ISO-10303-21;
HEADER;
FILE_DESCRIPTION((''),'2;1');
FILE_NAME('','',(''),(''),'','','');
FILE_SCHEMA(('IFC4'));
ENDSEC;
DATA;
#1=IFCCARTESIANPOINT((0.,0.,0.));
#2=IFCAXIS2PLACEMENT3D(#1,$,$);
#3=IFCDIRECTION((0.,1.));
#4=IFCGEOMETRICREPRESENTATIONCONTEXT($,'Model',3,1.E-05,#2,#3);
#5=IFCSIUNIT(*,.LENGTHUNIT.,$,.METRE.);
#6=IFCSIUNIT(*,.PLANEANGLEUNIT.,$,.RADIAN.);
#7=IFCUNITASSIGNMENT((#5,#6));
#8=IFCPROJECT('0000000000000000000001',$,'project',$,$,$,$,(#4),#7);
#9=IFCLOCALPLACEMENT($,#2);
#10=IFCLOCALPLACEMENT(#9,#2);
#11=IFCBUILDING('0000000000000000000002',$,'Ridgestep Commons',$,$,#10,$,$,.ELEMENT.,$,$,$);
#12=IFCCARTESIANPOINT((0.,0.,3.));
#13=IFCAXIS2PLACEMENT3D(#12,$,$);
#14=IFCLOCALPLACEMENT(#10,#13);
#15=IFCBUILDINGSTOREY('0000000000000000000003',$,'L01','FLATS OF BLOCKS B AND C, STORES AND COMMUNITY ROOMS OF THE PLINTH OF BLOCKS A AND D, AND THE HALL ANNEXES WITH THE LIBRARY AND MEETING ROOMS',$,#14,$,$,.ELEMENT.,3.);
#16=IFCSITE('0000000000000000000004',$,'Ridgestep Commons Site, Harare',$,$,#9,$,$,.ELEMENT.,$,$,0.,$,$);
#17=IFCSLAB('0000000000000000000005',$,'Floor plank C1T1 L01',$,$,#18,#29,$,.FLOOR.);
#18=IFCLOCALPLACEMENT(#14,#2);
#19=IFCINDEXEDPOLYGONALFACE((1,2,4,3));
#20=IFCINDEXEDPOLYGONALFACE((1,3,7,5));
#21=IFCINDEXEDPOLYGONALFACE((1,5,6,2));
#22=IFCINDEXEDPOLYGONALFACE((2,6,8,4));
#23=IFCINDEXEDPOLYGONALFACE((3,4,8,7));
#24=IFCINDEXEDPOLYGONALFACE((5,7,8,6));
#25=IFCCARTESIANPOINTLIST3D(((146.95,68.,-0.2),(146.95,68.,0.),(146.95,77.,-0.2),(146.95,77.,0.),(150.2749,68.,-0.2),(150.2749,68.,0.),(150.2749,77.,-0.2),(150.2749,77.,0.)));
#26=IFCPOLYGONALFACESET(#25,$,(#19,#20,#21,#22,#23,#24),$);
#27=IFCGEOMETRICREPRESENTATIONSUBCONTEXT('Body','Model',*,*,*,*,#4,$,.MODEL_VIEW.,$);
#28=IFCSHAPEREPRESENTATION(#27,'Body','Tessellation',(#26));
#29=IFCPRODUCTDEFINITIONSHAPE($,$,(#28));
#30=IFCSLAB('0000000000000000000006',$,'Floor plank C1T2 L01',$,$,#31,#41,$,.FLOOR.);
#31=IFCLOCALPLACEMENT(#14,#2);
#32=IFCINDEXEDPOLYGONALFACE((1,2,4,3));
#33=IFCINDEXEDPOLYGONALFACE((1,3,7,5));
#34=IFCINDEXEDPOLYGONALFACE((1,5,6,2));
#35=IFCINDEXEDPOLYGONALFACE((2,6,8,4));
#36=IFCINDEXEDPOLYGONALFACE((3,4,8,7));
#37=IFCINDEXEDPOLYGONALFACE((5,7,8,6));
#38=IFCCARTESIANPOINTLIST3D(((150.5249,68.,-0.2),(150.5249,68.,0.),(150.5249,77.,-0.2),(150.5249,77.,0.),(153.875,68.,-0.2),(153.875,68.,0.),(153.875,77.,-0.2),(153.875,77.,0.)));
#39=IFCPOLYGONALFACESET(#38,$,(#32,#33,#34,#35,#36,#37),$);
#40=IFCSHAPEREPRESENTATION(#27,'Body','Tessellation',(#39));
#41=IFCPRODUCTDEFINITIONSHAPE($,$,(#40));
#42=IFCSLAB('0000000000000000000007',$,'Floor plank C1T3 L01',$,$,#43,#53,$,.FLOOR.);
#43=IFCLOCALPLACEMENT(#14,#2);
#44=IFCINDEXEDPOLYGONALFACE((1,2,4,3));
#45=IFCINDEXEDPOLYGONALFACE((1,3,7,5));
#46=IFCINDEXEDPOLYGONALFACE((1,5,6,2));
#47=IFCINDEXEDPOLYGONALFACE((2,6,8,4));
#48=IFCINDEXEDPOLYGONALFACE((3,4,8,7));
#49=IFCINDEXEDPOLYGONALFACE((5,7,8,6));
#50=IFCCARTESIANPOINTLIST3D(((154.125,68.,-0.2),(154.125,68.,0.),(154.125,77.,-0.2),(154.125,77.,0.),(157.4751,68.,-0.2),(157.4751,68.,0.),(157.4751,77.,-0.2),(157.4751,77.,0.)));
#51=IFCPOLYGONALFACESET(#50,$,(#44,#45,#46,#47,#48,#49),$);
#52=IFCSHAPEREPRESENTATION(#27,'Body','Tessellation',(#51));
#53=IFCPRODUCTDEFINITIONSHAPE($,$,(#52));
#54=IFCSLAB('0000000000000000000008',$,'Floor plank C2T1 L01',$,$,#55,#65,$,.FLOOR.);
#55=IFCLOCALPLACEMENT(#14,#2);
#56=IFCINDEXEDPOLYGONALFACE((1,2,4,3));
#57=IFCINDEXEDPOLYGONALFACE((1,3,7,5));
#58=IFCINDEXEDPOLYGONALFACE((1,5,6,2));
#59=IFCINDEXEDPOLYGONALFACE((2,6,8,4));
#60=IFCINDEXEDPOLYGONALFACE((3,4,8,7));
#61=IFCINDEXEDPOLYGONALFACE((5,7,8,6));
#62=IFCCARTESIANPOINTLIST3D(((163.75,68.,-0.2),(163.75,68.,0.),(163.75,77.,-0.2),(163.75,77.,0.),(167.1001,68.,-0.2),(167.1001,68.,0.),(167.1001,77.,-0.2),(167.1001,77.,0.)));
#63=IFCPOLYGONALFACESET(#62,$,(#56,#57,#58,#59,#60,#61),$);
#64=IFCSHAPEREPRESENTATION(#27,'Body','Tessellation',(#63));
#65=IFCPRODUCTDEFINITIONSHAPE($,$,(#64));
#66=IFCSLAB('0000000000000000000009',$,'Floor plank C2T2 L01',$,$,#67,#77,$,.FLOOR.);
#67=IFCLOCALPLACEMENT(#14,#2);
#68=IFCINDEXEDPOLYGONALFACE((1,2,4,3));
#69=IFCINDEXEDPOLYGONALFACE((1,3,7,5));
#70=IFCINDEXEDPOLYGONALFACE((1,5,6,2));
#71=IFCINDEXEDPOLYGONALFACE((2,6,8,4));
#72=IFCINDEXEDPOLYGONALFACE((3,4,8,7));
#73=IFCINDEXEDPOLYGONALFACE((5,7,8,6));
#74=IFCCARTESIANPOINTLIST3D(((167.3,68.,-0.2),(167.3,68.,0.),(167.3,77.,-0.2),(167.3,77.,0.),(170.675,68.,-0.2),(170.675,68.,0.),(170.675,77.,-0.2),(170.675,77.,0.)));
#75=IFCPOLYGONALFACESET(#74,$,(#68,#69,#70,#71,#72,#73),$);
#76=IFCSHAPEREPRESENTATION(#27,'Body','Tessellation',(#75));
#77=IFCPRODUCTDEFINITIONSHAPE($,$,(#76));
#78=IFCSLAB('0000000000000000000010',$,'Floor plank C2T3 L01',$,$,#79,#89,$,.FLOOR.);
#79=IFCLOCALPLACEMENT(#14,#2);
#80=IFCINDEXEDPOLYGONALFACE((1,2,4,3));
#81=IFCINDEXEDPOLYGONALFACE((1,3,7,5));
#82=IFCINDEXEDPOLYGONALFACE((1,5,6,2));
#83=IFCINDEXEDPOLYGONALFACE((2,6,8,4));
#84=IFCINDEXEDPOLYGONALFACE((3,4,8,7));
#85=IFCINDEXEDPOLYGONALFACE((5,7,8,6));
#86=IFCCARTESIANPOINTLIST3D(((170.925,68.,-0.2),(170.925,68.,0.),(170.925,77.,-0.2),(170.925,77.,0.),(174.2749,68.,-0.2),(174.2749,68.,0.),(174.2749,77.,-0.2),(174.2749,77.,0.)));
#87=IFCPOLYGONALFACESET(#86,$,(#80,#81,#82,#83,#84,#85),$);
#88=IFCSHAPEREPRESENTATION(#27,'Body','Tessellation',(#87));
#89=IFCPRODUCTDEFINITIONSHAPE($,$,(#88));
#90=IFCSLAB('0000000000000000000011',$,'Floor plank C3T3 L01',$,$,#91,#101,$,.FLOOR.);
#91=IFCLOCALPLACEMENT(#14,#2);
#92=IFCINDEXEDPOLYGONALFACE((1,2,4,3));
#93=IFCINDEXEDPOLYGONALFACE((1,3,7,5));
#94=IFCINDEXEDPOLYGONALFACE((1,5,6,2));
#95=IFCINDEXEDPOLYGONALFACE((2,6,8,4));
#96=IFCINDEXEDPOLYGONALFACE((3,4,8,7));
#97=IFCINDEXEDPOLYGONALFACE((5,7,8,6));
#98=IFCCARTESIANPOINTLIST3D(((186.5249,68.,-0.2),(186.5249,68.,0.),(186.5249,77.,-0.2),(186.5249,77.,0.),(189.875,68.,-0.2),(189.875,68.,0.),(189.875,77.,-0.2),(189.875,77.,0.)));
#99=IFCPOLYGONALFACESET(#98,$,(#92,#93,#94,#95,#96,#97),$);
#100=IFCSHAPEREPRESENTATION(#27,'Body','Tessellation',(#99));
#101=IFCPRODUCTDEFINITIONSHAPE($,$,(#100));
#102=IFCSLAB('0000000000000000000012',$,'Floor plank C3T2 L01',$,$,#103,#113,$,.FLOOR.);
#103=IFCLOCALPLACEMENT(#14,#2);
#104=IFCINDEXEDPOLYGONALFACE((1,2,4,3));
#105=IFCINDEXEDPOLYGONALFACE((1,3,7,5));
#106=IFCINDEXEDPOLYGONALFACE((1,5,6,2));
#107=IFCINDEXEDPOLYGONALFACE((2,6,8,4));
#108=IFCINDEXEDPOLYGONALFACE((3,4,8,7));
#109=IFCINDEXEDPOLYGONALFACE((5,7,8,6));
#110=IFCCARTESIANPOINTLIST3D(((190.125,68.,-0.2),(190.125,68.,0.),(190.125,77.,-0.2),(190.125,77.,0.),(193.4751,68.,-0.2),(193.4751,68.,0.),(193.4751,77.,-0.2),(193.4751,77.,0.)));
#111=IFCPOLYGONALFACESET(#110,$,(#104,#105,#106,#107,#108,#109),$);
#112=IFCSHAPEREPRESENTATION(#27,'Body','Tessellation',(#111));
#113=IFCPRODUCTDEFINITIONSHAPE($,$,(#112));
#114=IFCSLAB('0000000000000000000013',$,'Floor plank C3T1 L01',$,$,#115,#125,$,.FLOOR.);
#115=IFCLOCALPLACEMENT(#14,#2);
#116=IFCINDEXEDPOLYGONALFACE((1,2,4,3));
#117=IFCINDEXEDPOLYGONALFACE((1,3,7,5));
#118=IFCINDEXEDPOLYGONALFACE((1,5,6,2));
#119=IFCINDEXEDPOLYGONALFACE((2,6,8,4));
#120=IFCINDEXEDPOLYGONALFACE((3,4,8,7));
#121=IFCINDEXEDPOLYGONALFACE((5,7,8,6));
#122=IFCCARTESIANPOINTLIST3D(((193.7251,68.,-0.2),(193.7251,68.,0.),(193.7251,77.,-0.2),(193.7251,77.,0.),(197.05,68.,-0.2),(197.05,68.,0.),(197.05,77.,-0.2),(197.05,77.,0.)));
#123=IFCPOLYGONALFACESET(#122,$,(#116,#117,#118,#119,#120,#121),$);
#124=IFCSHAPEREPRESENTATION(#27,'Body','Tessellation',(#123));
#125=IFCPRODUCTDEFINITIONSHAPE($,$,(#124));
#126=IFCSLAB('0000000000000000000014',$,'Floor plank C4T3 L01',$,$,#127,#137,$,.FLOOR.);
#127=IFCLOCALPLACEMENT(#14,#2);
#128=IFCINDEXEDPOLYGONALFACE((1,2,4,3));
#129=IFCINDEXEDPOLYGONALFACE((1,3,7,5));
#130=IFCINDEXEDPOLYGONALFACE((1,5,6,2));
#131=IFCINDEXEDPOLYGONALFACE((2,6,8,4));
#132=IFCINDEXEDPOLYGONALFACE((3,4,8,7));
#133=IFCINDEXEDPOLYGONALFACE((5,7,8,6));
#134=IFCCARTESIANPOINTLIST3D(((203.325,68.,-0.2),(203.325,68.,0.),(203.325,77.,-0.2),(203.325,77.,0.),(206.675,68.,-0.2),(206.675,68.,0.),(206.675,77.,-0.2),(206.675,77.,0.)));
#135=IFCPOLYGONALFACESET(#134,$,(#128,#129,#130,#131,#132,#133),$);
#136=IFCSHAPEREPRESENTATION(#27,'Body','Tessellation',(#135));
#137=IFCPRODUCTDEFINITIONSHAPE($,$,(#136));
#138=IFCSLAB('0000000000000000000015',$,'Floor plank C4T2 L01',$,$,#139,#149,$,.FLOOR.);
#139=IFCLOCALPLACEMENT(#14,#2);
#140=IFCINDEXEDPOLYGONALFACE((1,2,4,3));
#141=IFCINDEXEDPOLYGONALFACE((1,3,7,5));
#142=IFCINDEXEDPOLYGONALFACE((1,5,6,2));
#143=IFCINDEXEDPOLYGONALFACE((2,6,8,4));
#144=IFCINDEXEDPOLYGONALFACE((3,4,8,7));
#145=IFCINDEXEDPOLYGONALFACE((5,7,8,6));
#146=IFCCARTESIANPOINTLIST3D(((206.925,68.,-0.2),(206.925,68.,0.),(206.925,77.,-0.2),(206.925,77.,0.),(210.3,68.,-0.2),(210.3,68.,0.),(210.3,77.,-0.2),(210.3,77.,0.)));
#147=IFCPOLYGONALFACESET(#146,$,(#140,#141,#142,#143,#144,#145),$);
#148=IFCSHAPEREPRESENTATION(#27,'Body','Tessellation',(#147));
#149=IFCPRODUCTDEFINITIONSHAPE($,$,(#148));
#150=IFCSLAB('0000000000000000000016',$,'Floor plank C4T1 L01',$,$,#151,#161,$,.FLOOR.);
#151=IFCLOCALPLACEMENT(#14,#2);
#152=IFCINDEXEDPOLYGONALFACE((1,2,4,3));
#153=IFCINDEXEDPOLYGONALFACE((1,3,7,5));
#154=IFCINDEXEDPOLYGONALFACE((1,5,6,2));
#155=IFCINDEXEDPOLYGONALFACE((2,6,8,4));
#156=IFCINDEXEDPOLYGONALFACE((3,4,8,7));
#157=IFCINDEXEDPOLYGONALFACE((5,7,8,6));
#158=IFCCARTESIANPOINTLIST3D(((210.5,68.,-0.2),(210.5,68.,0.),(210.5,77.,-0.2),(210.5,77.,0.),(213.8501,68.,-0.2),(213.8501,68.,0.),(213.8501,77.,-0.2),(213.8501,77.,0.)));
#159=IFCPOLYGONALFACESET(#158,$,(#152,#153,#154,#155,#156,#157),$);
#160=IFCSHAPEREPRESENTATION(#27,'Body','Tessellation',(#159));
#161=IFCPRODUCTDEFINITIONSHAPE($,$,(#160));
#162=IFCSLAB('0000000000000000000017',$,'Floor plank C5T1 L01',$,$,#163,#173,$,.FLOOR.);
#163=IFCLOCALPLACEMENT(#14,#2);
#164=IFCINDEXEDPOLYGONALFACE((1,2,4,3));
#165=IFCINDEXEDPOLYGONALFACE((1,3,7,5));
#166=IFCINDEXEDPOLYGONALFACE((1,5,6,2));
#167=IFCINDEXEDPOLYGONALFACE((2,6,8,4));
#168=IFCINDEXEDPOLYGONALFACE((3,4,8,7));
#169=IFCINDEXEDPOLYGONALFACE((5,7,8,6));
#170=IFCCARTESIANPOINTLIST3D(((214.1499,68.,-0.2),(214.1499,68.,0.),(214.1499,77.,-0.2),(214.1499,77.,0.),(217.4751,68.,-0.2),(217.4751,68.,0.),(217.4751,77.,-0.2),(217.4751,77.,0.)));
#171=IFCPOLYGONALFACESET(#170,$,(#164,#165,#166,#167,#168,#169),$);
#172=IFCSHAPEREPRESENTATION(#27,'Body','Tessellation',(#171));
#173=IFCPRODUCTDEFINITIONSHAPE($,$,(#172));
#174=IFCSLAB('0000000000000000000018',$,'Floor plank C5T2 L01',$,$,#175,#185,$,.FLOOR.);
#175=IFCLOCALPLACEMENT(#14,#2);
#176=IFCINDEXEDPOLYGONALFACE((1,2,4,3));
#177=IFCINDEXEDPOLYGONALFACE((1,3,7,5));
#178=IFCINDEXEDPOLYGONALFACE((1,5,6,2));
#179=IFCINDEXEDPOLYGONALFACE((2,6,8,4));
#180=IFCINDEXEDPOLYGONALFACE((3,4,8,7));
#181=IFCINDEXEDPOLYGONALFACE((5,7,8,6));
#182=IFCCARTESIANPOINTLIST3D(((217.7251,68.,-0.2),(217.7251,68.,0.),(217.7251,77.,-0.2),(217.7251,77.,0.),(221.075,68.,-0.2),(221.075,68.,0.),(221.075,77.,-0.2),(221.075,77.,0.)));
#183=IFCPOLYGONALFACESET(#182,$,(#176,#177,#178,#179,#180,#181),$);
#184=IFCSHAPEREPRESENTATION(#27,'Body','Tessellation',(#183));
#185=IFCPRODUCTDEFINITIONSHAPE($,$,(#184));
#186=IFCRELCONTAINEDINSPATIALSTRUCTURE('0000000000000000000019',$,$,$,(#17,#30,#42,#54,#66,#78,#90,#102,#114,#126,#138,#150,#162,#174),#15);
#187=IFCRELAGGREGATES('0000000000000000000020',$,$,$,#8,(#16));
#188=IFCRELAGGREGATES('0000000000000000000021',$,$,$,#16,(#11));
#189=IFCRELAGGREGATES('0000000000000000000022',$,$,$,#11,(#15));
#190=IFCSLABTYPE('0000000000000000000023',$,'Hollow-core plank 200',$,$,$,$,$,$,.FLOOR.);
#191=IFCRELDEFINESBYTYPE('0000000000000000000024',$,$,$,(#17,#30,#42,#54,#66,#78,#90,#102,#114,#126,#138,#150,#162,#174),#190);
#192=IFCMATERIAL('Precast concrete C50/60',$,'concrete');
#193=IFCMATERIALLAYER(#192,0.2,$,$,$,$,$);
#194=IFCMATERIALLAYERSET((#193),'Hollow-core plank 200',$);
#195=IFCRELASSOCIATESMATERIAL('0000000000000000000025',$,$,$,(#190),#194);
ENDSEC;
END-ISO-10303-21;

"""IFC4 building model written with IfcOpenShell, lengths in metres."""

from ifc_helpers import new_model, si_unit, direction, frame, origin, place, context, subcontext, project, spatial, polyline, outline, extrude, material, layer, layer_set, type_object, element, save


model = new_model("IFC4")

# Units and contexts
model_context = context("Model", 3, precision=1e-05, world=origin(), true_north=direction((0.0, 1.0)))
body_context = subcontext(model_context, "Body", "Model", "MODEL_VIEW")
ifc_project = project(units=[si_unit("LENGTHUNIT", "METRE"), si_unit("PLANEANGLEUNIT", "RADIAN")], contexts=[model_context])

# Site, building, storey
site_placement = place(None, origin())
site = spatial("IfcSite", under=ifc_project, at=site_placement, Name="Ridgestep Commons Site, Harare", CompositionType="ELEMENT", RefElevation=0.0)
building_placement = place(site_placement, origin())
building = spatial("IfcBuilding", under=site, at=building_placement, Name="Ridgestep Commons", CompositionType="ELEMENT")
storey_placement = place(building_placement, frame((0.0, 0.0, 3.0)))
storey = spatial("IfcBuildingStorey", under=building, at=storey_placement, Name="L01", Description="FLATS OF BLOCKS B AND C, STORES AND COMMUNITY ROOMS OF THE PLINTH OF BLOCKS A AND D, AND THE HALL ANNEXES WITH THE LIBRARY AND MEETING ROOMS", CompositionType="ELEMENT", Elevation=3.0)

# Slabs
ifc_material_1 = material(Name="Precast concrete C50/60", Category="concrete")
ifc_layer_1 = layer(ifc_material_1, 0.2)
ifc_layer_set_1 = layer_set([ifc_layer_1], Name="Hollow-core plank 200")
slab_type_1 = type_object("IfcSlabType", Name="Hollow-core plank 200", PredefinedType="FLOOR", material=ifc_layer_set_1)
slab_1_placement = place(storey_placement, frame((0.0, 0.0, -0.2)))
element("IfcSlab", 1, at=slab_1_placement, inside=storey, type_object=slab_type_1, Name="Floor plank C1T1 L01", PredefinedType="FLOOR", context=body_context, shape_type="SweptSolid", body=[
    extrude(outline(polyline([(150.2749, 68.0), (150.2749, 77.0), (146.95, 77.0), (146.95, 68.0), (150.2749, 68.0)])), origin(), (0.0, 0.0, 1.0), 0.2),
])
slab_2_placement = place(storey_placement, frame((0.0, 0.0, -0.2)))
element("IfcSlab", 2, at=slab_2_placement, inside=storey, type_object=slab_type_1, Name="Floor plank C1T2 L01", PredefinedType="FLOOR", context=body_context, shape_type="SweptSolid", body=[
    extrude(outline(polyline([(153.875, 68.0), (153.875, 77.0), (150.5249, 77.0), (150.5249, 68.0), (153.875, 68.0)])), origin(), (0.0, 0.0, 1.0), 0.2),
])
slab_3_placement = place(storey_placement, frame((0.0, 0.0, -0.2)))
element("IfcSlab", 3, at=slab_3_placement, inside=storey, type_object=slab_type_1, Name="Floor plank C1T3 L01", PredefinedType="FLOOR", context=body_context, shape_type="SweptSolid", body=[
    extrude(outline(polyline([(157.4751, 68.0), (157.4751, 77.0), (154.125, 77.0), (154.125, 68.0), (157.4751, 68.0)])), origin(), (0.0, 0.0, 1.0), 0.2),
])
slab_4_placement = place(storey_placement, frame((0.0, 0.0, -0.2)))
element("IfcSlab", 4, at=slab_4_placement, inside=storey, type_object=slab_type_1, Name="Floor plank C2T1 L01", PredefinedType="FLOOR", context=body_context, shape_type="SweptSolid", body=[
    extrude(outline(polyline([(167.1001, 68.0), (167.1001, 77.0), (163.75, 77.0), (163.75, 68.0), (167.1001, 68.0)])), origin(), (0.0, 0.0, 1.0), 0.2),
])
slab_5_placement = place(storey_placement, frame((0.0, 0.0, -0.2)))
element("IfcSlab", 5, at=slab_5_placement, inside=storey, type_object=slab_type_1, Name="Floor plank C2T2 L01", PredefinedType="FLOOR", context=body_context, shape_type="SweptSolid", body=[
    extrude(outline(polyline([(170.675, 68.0), (170.675, 77.0), (167.3, 77.0), (167.3, 68.0), (170.675, 68.0)])), origin(), (0.0, 0.0, 1.0), 0.2),
])
slab_6_placement = place(storey_placement, frame((0.0, 0.0, -0.2)))
element("IfcSlab", 6, at=slab_6_placement, inside=storey, type_object=slab_type_1, Name="Floor plank C2T3 L01", PredefinedType="FLOOR", context=body_context, shape_type="SweptSolid", body=[
    extrude(outline(polyline([(174.2749, 68.0), (174.2749, 77.0), (170.925, 77.0), (170.925, 68.0), (174.2749, 68.0)])), origin(), (0.0, 0.0, 1.0), 0.2),
])
slab_7_placement = place(storey_placement, frame((0.0, 0.0, -0.2)))
element("IfcSlab", 7, at=slab_7_placement, inside=storey, type_object=slab_type_1, Name="Floor plank C3T3 L01", PredefinedType="FLOOR", context=body_context, shape_type="SweptSolid", body=[
    extrude(outline(polyline([(189.875, 68.0), (189.875, 77.0), (186.5249, 77.0), (186.5249, 68.0), (189.875, 68.0)])), origin(), (0.0, 0.0, 1.0), 0.2),
])
slab_8_placement = place(storey_placement, frame((0.0, 0.0, -0.2)))
element("IfcSlab", 8, at=slab_8_placement, inside=storey, type_object=slab_type_1, Name="Floor plank C3T2 L01", PredefinedType="FLOOR", context=body_context, shape_type="SweptSolid", body=[
    extrude(outline(polyline([(193.4751, 68.0), (193.4751, 77.0), (190.125, 77.0), (190.125, 68.0), (193.4751, 68.0)])), origin(), (0.0, 0.0, 1.0), 0.2),
])
slab_9_placement = place(storey_placement, frame((0.0, 0.0, -0.2)))
element("IfcSlab", 9, at=slab_9_placement, inside=storey, type_object=slab_type_1, Name="Floor plank C3T1 L01", PredefinedType="FLOOR", context=body_context, shape_type="SweptSolid", body=[
    extrude(outline(polyline([(197.05, 68.0), (197.05, 77.0), (193.7251, 77.0), (193.7251, 68.0), (197.05, 68.0)])), origin(), (0.0, 0.0, 1.0), 0.2),
])
slab_10_placement = place(storey_placement, frame((0.0, 0.0, -0.2)))
element("IfcSlab", 10, at=slab_10_placement, inside=storey, type_object=slab_type_1, Name="Floor plank C4T3 L01", PredefinedType="FLOOR", context=body_context, shape_type="SweptSolid", body=[
    extrude(outline(polyline([(206.675, 68.0), (206.675, 77.0), (203.325, 77.0), (203.325, 68.0), (206.675, 68.0)])), origin(), (0.0, 0.0, 1.0), 0.2),
])
slab_11_placement = place(storey_placement, frame((0.0, 0.0, -0.2)))
element("IfcSlab", 11, at=slab_11_placement, inside=storey, type_object=slab_type_1, Name="Floor plank C4T2 L01", PredefinedType="FLOOR", context=body_context, shape_type="SweptSolid", body=[
    extrude(outline(polyline([(210.3, 68.0), (210.3, 77.0), (206.925, 77.0), (206.925, 68.0), (210.3, 68.0)])), origin(), (0.0, 0.0, 1.0), 0.2),
])
slab_12_placement = place(storey_placement, frame((0.0, 0.0, -0.2)))
element("IfcSlab", 12, at=slab_12_placement, inside=storey, type_object=slab_type_1, Name="Floor plank C4T1 L01", PredefinedType="FLOOR", context=body_context, shape_type="SweptSolid", body=[
    extrude(outline(polyline([(213.8501, 68.0), (213.8501, 77.0), (210.5, 77.0), (210.5, 68.0), (213.8501, 68.0)])), origin(), (0.0, 0.0, 1.0), 0.2),
])
slab_13_placement = place(storey_placement, frame((0.0, 0.0, -0.2)))
element("IfcSlab", 13, at=slab_13_placement, inside=storey, type_object=slab_type_1, Name="Floor plank C5T1 L01", PredefinedType="FLOOR", context=body_context, shape_type="SweptSolid", body=[
    extrude(outline(polyline([(217.4751, 68.0), (217.4751, 77.0), (214.1499, 77.0), (214.1499, 68.0), (217.4751, 68.0)])), origin(), (0.0, 0.0, 1.0), 0.2),
])
slab_14_placement = place(storey_placement, frame((0.0, 0.0, -0.2)))
element("IfcSlab", 14, at=slab_14_placement, inside=storey, type_object=slab_type_1, Name="Floor plank C5T2 L01", PredefinedType="FLOOR", context=body_context, shape_type="SweptSolid", body=[
    extrude(outline(polyline([(221.075, 68.0), (221.075, 77.0), (217.7251, 77.0), (217.7251, 68.0), (221.075, 68.0)])), origin(), (0.0, 0.0, 1.0), 0.2),
])

save(model, "model.ifc")
